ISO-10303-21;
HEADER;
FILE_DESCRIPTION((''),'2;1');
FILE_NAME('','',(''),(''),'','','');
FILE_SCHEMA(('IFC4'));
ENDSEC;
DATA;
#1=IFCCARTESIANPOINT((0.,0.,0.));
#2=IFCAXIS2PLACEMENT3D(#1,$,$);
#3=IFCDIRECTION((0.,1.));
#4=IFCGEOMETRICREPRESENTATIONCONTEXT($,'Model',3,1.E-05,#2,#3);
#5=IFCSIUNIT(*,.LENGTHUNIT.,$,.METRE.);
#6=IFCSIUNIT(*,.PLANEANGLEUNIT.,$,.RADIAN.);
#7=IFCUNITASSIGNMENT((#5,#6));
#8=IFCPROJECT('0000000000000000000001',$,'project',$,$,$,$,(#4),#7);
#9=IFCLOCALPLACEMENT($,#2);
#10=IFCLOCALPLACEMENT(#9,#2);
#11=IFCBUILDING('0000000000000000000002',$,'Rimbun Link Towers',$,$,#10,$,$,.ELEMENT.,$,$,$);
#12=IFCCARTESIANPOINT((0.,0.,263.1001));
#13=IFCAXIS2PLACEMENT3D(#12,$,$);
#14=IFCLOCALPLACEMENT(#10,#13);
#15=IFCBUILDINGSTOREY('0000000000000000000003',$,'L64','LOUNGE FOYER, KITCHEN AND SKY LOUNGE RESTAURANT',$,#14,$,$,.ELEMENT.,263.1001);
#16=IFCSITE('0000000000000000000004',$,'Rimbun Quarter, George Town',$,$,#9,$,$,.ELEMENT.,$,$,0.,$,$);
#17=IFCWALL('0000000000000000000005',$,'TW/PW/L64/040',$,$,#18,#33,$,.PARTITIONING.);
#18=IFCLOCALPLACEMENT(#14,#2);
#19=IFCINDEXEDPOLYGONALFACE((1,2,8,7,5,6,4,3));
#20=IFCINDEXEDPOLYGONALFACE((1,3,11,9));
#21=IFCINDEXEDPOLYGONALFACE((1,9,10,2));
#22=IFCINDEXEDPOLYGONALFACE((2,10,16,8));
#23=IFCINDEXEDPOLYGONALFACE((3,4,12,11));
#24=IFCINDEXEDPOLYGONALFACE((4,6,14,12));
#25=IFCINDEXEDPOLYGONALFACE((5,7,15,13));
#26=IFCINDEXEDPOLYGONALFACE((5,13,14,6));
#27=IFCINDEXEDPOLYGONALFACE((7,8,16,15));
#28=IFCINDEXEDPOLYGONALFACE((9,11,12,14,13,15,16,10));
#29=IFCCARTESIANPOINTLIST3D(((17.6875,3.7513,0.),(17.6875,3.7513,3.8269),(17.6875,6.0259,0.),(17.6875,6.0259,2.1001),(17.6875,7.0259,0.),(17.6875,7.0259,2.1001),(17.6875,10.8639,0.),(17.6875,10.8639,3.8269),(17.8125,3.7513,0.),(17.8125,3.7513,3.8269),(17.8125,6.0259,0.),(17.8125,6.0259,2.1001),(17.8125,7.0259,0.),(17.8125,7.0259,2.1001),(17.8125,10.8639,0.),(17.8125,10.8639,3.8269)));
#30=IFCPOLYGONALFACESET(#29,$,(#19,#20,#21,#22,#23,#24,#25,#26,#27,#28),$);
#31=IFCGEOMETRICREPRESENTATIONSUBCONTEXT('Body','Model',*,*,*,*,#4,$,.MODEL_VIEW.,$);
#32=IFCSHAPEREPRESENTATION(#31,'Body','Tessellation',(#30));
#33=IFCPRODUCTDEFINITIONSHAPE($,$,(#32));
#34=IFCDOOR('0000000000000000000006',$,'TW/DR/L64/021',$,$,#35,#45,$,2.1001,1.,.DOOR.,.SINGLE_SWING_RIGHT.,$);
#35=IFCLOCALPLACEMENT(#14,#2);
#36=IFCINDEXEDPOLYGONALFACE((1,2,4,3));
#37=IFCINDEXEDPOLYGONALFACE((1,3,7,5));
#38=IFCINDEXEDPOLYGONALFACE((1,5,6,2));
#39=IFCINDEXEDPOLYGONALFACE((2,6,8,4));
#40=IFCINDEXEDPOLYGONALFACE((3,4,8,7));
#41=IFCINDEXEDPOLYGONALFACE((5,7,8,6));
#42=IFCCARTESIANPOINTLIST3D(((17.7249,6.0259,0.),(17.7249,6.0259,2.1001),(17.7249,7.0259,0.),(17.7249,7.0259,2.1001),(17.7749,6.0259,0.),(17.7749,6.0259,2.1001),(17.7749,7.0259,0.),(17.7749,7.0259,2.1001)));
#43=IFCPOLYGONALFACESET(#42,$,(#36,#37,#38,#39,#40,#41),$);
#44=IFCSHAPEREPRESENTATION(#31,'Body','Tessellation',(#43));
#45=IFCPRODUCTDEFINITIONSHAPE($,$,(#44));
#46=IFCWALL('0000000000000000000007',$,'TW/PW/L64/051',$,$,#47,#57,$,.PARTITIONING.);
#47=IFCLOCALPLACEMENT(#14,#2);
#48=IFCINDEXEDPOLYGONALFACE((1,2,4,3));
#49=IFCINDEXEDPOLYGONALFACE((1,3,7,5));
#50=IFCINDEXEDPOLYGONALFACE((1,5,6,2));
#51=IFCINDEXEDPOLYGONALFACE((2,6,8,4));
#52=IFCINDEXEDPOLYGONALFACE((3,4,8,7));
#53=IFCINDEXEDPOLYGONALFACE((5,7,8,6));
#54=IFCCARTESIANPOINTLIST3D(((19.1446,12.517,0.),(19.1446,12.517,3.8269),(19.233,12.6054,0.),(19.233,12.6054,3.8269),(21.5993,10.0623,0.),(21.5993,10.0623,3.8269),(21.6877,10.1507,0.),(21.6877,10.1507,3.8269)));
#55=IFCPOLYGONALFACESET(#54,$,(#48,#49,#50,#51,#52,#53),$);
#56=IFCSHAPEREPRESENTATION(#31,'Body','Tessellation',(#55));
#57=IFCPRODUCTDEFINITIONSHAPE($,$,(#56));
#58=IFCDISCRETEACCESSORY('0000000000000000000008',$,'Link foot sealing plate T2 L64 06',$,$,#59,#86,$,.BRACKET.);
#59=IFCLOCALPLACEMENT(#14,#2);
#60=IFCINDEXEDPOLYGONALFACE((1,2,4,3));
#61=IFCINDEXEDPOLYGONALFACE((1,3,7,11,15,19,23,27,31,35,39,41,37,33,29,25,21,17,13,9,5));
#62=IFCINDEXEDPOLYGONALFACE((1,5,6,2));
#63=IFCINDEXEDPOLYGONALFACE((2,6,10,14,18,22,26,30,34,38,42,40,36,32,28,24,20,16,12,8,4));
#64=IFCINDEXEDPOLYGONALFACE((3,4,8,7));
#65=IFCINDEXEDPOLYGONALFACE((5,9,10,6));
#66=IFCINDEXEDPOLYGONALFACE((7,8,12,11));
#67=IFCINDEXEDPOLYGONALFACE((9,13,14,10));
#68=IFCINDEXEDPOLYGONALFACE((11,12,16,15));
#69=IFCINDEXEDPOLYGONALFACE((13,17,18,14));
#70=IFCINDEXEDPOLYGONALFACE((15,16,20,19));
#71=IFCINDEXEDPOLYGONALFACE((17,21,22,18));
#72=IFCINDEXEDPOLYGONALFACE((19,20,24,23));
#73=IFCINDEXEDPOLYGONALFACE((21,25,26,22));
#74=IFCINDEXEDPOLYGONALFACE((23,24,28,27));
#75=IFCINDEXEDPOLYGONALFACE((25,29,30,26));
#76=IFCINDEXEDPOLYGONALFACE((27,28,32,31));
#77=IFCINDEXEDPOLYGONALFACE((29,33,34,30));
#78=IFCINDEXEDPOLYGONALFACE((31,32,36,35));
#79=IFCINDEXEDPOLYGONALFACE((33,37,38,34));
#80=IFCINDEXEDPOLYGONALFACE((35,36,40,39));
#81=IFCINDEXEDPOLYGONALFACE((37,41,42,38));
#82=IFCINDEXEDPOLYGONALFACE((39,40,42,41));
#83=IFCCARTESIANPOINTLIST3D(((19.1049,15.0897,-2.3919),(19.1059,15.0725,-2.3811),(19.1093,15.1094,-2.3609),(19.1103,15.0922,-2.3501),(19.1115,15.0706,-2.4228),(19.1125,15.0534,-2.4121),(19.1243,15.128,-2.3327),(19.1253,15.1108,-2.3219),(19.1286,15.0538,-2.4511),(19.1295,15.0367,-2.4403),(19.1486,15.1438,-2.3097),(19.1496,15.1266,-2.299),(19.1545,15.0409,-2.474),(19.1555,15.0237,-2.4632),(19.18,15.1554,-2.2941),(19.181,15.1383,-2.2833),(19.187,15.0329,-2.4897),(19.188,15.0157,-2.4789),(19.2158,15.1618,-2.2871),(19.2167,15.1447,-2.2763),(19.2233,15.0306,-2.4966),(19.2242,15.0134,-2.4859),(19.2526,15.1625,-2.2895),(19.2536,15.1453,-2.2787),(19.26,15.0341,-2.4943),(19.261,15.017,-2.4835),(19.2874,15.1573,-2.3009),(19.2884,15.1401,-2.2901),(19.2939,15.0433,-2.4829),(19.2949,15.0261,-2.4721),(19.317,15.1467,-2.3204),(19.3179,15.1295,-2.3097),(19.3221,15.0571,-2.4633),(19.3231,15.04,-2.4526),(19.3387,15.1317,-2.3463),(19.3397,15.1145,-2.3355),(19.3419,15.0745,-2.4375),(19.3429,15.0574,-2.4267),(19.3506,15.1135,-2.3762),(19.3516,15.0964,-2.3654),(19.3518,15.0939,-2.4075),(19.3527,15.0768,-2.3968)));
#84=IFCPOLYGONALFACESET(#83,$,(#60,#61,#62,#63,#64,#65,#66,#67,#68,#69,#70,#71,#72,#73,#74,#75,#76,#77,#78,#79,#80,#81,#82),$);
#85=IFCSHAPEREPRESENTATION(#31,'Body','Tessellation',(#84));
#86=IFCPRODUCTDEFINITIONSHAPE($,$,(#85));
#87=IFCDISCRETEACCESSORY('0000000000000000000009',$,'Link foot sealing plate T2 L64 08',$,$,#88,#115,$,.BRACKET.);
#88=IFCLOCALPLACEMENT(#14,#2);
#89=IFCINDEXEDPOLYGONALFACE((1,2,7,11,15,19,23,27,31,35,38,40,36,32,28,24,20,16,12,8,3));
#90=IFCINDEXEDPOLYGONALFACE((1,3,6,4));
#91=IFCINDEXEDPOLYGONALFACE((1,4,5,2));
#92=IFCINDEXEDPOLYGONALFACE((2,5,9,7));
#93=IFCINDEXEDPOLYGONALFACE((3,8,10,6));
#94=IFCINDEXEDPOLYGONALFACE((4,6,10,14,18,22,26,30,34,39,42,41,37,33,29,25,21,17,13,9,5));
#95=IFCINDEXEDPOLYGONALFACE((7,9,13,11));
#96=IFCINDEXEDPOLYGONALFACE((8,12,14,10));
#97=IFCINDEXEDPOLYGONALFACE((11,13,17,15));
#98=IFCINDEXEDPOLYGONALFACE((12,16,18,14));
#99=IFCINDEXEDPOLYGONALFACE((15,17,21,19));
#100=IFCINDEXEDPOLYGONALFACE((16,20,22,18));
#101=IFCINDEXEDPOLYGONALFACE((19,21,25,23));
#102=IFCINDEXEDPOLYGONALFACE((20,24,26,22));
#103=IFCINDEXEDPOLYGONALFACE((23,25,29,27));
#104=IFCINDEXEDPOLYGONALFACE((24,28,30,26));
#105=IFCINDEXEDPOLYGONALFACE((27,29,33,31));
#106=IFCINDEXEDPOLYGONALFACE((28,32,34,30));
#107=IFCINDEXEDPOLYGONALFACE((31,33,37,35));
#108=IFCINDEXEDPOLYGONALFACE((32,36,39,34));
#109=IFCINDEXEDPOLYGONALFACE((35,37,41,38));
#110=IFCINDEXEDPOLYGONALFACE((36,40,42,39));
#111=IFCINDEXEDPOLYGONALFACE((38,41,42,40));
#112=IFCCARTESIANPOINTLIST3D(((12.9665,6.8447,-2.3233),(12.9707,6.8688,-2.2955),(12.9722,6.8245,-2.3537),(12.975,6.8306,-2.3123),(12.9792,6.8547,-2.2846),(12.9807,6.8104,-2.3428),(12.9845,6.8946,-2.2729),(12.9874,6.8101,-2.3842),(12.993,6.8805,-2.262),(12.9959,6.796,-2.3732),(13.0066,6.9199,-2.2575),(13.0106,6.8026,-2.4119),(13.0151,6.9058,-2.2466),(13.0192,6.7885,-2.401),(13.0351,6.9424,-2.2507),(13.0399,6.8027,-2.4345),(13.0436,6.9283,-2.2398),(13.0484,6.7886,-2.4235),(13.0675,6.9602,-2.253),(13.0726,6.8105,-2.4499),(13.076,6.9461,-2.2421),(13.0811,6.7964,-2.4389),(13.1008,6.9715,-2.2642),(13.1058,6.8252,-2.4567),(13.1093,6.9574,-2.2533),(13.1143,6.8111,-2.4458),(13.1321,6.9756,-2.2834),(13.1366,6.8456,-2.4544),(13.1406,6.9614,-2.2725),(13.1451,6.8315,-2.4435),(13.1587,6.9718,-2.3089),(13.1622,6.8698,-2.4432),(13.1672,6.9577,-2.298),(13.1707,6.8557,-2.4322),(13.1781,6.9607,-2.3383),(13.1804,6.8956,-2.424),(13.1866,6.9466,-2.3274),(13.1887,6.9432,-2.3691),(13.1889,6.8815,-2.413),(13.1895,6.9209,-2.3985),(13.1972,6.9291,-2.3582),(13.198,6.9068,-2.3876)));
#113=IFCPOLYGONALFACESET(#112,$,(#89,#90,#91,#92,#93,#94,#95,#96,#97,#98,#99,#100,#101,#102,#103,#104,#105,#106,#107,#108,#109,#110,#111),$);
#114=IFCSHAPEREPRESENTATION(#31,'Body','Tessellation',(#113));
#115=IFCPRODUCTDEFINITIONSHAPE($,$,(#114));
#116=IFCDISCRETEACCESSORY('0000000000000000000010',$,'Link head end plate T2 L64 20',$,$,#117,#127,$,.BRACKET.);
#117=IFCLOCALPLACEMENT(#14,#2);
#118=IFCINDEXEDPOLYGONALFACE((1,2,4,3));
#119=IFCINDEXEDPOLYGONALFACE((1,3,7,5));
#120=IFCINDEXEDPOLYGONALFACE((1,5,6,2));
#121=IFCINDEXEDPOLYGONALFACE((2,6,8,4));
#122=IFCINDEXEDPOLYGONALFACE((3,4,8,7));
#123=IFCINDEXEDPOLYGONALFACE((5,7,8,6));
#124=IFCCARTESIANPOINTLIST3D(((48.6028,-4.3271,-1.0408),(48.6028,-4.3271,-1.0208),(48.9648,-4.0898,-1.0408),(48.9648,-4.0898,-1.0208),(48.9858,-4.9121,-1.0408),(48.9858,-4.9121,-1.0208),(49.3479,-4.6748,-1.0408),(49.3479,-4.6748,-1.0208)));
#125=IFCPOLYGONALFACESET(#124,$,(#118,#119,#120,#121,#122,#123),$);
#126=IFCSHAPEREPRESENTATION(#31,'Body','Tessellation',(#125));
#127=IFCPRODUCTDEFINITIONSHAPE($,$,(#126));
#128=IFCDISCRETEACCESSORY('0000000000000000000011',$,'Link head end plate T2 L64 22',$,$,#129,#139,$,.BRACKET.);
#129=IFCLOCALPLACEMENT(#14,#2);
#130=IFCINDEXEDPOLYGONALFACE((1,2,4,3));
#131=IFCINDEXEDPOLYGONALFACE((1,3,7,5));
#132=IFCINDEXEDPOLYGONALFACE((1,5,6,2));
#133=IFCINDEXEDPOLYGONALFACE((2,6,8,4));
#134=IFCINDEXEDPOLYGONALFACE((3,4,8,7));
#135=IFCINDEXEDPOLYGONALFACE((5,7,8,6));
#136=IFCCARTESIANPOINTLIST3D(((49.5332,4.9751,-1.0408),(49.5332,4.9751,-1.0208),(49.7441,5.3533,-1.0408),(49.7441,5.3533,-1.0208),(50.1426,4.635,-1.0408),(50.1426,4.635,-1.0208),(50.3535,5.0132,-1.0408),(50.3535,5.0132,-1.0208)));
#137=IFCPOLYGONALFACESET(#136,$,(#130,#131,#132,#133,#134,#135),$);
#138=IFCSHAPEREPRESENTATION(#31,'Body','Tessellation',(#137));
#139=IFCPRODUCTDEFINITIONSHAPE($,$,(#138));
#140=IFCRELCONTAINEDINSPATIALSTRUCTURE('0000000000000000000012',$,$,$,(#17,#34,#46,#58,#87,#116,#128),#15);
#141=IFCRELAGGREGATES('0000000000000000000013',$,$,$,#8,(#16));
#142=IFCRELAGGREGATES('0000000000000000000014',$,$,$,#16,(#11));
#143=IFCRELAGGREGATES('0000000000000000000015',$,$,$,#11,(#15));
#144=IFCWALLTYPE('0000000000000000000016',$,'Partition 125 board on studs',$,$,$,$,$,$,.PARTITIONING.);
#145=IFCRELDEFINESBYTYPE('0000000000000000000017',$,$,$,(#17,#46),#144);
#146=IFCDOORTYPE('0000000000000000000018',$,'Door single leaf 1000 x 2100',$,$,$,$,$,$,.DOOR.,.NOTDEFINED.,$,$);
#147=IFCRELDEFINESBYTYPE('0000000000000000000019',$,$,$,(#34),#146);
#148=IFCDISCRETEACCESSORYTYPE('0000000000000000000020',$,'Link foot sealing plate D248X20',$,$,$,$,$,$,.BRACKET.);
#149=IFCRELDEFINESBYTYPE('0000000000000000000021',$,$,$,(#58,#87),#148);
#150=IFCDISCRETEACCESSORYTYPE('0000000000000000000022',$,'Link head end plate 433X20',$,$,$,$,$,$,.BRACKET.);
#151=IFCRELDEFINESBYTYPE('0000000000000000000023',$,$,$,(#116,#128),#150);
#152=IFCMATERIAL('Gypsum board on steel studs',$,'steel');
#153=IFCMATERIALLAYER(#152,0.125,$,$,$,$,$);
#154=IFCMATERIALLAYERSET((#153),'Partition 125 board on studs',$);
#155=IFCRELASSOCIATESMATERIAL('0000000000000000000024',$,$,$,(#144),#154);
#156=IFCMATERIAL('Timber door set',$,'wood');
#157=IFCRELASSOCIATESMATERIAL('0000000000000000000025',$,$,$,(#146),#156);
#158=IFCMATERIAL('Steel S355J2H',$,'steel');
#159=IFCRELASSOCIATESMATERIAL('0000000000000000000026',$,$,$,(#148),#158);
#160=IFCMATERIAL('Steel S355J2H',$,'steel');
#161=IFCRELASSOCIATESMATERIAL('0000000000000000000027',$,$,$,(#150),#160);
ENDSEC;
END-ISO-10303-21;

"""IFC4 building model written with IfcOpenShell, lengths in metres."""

from ifc_helpers import new_model, si_unit, direction, frame, frame_2d, origin, origin_2d, place, context, subcontext, project, spatial, polyline, rectangle, circle, outline, extrude, material, layer, layer_set, material_profile, profile_set, type_object, element, fill, save


model = new_model("IFC4")

# Units and contexts
model_context = context("Model", 3, precision=1e-05, world=origin(), true_north=direction((0.0, 1.0)))
body_context = subcontext(model_context, "Body", "Model", "MODEL_VIEW")
ifc_project = project(units=[si_unit("LENGTHUNIT", "METRE"), si_unit("PLANEANGLEUNIT", "RADIAN")], contexts=[model_context])

# Site, building, storey
site_placement = place(None, origin())
site = spatial("IfcSite", under=ifc_project, at=site_placement, Name="Rimbun Quarter, George Town", CompositionType="ELEMENT", RefElevation=0.0)
building_placement = place(site_placement, origin())
building = spatial("IfcBuilding", under=site, at=building_placement, Name="Rimbun Link Towers", CompositionType="ELEMENT")
storey_placement = place(building_placement, frame((0.0, 0.0, 263.1001)))
storey = spatial("IfcBuildingStorey", under=building, at=storey_placement, Name="L64", Description="LOUNGE FOYER, KITCHEN AND SKY LOUNGE RESTAURANT", CompositionType="ELEMENT", Elevation=263.1001)

# Wall, opening, door
ifc_material_1 = material(Name="Gypsum board on steel studs", Category="steel")
ifc_layer_1 = layer(ifc_material_1, 0.125)
ifc_layer_set_1 = layer_set([ifc_layer_1], Name="Partition 125 board on studs")
wall_type_1 = type_object("IfcWallType", Name="Partition 125 board on studs", PredefinedType="PARTITIONING", material=ifc_layer_set_1)
wall_1_placement = place(storey_placement, frame((17.75, 10.8638, 0.0), z_axis=(0.0, 0.0, 1.0), x_axis=(0.0, -1.0, 0.0)))
wall_1 = element("IfcWall", 1, at=wall_1_placement, inside=storey, type_object=wall_type_1, Name="TW/PW/L64/040", PredefinedType="PARTITIONING", context=body_context, shape_type="SweptSolid", body=[
    extrude(rectangle(XDim=7.1125, YDim=0.125, at=frame_2d((3.5562, 0.0))), origin(), (0.0, 0.0, 1.0), 3.8269),
])
opening_1_placement = place(wall_1_placement, frame((3.8379, 0.0, 0.0)))
opening_1 = element("IfcOpeningElement", 2, at=opening_1_placement, cuts=wall_1, PredefinedType="OPENING", context=body_context, shape_type="SweptSolid", body=[
    extrude(rectangle(XDim=1.0, YDim=2.1001, at=frame_2d((0.5, 1.05))), frame((0.0, 0.0725, 0.0), z_axis=(0.0, -1.0, 0.0), x_axis=(1.0, 0.0, 0.0)), (0.0, 0.0, 1.0), 0.145),
])
ifc_material_2 = material(Name="Timber door set", Category="wood")
door_type_1 = type_object("IfcDoorType", Name="Door single leaf 1000 x 2100", OperationType="NOTDEFINED", PredefinedType="DOOR", material=ifc_material_2)
door_1_placement = place(opening_1_placement, origin())
door_1 = element("IfcDoor", 3, at=door_1_placement, inside=storey, type_object=door_type_1, Name="TW/DR/L64/021", OperationType="SINGLE_SWING_RIGHT", OverallHeight=2.1001, OverallWidth=1.0, PredefinedType="DOOR", context=body_context, shape_type="SweptSolid", body=[
    extrude(rectangle(XDim=1.0, YDim=2.1001, at=frame_2d((0.5, 1.05))), frame((0.0, 0.0249, 0.0), z_axis=(0.0, -1.0, 0.0), x_axis=(1.0, 0.0, 0.0)), (0.0, 0.0, 1.0), 0.05),
])
fill(opening_1, door_1)

# Wall
wall_2_placement = place(storey_placement, frame((19.1887, 12.5613, 0.0), z_axis=(0.0, 0.0, 1.0), x_axis=(0.707107, -0.707107, 0.0)))
element("IfcWall", 4, at=wall_2_placement, inside=storey, type_object=wall_type_1, Name="TW/PW/L64/051", PredefinedType="PARTITIONING", context=body_context, shape_type="SweptSolid", body=[
    extrude(rectangle(XDim=3.4714, YDim=0.125, at=frame_2d((1.7358, 0.0))), origin(), (0.0, 0.0, 1.0), 3.8269),
])

# Discrete accessories
ifc_material_3 = material(Name="Steel S355J2H", Category="steel")
ifc_material_profile_1 = material_profile(ifc_material_3, circle(Radius=0.124, at=origin_2d()), Name="PL D248")
ifc_profile_set_1 = profile_set([ifc_material_profile_1], Name="Steel S355J2H")
discrete_accessory_type_1 = type_object("IfcDiscreteAccessoryType", Name="Link foot sealing plate D248X20", PredefinedType="BRACKET", material=ifc_profile_set_1)
discrete_accessory_1_placement = place(storey_placement, frame((19.2297, 15.0796, -2.3811), z_axis=(-0.048323, 0.845647, -0.53155), x_axis=(-0.998371, -0.05705, 0.0)))
element("IfcDiscreteAccessory", 5, at=discrete_accessory_1_placement, inside=storey, type_object=discrete_accessory_type_1, Name="Link foot sealing plate T2 L64 06", PredefinedType="BRACKET", context=body_context, shape_type="SweptSolid", body=[
    extrude(circle(Radius=0.124, at=origin_2d()), origin(), (0.0, 0.0, 1.0), 0.0203),
])
discrete_accessory_2_placement = place(storey_placement, frame((13.0869, 6.8745, -2.3428), z_axis=(-0.430364, 0.713175, -0.553325), x_axis=(-0.856188, -0.516665, 0.0)))
element("IfcDiscreteAccessory", 6, at=discrete_accessory_2_placement, inside=storey, type_object=discrete_accessory_type_1, Name="Link foot sealing plate T2 L64 08", PredefinedType="BRACKET", context=body_context, shape_type="SweptSolid", body=[
    extrude(circle(Radius=0.124, at=origin_2d()), origin(), (0.0, 0.0, 1.0), 0.0198),
])
ifc_material_4 = material(Name="Steel S355J2H", Category="steel")
ifc_material_profile_2 = material_profile(ifc_material_4, rectangle(XDim=0.4331, YDim=0.4331, at=origin_2d()), Name="PL 433x433")
ifc_profile_set_2 = profile_set([ifc_material_profile_2], Name="Steel S355J2H")
discrete_accessory_type_2 = type_object("IfcDiscreteAccessoryType", Name="Link head end plate 433X20", PredefinedType="BRACKET", material=ifc_profile_set_2)
discrete_accessory_3_placement = place(storey_placement, frame((0.0, 0.0, -1.0408)))
element("IfcDiscreteAccessory", 7, at=discrete_accessory_3_placement, inside=storey, type_object=discrete_accessory_type_2, Name="Link head end plate T2 L64 20", PredefinedType="BRACKET", context=body_context, shape_type="SweptSolid", body=[
    extrude(outline(polyline([(48.6028, -4.3271), (48.9858, -4.9121), (49.3479, -4.6748), (48.9648, -4.0898), (48.6028, -4.3271)])), origin(), (0.0, 0.0, 1.0), 0.02),
])
discrete_accessory_4_placement = place(storey_placement, frame((0.0, 0.0, -1.0408)))
element("IfcDiscreteAccessory", 8, at=discrete_accessory_4_placement, inside=storey, type_object=discrete_accessory_type_2, Name="Link head end plate T2 L64 22", PredefinedType="BRACKET", context=body_context, shape_type="SweptSolid", body=[
    extrude(outline(polyline([(49.5332, 4.9751), (50.1426, 4.635), (50.3535, 5.0132), (49.7441, 5.3533), (49.5332, 4.9751)])), origin(), (0.0, 0.0, 1.0), 0.02),
])

save(model, "model.ifc")
